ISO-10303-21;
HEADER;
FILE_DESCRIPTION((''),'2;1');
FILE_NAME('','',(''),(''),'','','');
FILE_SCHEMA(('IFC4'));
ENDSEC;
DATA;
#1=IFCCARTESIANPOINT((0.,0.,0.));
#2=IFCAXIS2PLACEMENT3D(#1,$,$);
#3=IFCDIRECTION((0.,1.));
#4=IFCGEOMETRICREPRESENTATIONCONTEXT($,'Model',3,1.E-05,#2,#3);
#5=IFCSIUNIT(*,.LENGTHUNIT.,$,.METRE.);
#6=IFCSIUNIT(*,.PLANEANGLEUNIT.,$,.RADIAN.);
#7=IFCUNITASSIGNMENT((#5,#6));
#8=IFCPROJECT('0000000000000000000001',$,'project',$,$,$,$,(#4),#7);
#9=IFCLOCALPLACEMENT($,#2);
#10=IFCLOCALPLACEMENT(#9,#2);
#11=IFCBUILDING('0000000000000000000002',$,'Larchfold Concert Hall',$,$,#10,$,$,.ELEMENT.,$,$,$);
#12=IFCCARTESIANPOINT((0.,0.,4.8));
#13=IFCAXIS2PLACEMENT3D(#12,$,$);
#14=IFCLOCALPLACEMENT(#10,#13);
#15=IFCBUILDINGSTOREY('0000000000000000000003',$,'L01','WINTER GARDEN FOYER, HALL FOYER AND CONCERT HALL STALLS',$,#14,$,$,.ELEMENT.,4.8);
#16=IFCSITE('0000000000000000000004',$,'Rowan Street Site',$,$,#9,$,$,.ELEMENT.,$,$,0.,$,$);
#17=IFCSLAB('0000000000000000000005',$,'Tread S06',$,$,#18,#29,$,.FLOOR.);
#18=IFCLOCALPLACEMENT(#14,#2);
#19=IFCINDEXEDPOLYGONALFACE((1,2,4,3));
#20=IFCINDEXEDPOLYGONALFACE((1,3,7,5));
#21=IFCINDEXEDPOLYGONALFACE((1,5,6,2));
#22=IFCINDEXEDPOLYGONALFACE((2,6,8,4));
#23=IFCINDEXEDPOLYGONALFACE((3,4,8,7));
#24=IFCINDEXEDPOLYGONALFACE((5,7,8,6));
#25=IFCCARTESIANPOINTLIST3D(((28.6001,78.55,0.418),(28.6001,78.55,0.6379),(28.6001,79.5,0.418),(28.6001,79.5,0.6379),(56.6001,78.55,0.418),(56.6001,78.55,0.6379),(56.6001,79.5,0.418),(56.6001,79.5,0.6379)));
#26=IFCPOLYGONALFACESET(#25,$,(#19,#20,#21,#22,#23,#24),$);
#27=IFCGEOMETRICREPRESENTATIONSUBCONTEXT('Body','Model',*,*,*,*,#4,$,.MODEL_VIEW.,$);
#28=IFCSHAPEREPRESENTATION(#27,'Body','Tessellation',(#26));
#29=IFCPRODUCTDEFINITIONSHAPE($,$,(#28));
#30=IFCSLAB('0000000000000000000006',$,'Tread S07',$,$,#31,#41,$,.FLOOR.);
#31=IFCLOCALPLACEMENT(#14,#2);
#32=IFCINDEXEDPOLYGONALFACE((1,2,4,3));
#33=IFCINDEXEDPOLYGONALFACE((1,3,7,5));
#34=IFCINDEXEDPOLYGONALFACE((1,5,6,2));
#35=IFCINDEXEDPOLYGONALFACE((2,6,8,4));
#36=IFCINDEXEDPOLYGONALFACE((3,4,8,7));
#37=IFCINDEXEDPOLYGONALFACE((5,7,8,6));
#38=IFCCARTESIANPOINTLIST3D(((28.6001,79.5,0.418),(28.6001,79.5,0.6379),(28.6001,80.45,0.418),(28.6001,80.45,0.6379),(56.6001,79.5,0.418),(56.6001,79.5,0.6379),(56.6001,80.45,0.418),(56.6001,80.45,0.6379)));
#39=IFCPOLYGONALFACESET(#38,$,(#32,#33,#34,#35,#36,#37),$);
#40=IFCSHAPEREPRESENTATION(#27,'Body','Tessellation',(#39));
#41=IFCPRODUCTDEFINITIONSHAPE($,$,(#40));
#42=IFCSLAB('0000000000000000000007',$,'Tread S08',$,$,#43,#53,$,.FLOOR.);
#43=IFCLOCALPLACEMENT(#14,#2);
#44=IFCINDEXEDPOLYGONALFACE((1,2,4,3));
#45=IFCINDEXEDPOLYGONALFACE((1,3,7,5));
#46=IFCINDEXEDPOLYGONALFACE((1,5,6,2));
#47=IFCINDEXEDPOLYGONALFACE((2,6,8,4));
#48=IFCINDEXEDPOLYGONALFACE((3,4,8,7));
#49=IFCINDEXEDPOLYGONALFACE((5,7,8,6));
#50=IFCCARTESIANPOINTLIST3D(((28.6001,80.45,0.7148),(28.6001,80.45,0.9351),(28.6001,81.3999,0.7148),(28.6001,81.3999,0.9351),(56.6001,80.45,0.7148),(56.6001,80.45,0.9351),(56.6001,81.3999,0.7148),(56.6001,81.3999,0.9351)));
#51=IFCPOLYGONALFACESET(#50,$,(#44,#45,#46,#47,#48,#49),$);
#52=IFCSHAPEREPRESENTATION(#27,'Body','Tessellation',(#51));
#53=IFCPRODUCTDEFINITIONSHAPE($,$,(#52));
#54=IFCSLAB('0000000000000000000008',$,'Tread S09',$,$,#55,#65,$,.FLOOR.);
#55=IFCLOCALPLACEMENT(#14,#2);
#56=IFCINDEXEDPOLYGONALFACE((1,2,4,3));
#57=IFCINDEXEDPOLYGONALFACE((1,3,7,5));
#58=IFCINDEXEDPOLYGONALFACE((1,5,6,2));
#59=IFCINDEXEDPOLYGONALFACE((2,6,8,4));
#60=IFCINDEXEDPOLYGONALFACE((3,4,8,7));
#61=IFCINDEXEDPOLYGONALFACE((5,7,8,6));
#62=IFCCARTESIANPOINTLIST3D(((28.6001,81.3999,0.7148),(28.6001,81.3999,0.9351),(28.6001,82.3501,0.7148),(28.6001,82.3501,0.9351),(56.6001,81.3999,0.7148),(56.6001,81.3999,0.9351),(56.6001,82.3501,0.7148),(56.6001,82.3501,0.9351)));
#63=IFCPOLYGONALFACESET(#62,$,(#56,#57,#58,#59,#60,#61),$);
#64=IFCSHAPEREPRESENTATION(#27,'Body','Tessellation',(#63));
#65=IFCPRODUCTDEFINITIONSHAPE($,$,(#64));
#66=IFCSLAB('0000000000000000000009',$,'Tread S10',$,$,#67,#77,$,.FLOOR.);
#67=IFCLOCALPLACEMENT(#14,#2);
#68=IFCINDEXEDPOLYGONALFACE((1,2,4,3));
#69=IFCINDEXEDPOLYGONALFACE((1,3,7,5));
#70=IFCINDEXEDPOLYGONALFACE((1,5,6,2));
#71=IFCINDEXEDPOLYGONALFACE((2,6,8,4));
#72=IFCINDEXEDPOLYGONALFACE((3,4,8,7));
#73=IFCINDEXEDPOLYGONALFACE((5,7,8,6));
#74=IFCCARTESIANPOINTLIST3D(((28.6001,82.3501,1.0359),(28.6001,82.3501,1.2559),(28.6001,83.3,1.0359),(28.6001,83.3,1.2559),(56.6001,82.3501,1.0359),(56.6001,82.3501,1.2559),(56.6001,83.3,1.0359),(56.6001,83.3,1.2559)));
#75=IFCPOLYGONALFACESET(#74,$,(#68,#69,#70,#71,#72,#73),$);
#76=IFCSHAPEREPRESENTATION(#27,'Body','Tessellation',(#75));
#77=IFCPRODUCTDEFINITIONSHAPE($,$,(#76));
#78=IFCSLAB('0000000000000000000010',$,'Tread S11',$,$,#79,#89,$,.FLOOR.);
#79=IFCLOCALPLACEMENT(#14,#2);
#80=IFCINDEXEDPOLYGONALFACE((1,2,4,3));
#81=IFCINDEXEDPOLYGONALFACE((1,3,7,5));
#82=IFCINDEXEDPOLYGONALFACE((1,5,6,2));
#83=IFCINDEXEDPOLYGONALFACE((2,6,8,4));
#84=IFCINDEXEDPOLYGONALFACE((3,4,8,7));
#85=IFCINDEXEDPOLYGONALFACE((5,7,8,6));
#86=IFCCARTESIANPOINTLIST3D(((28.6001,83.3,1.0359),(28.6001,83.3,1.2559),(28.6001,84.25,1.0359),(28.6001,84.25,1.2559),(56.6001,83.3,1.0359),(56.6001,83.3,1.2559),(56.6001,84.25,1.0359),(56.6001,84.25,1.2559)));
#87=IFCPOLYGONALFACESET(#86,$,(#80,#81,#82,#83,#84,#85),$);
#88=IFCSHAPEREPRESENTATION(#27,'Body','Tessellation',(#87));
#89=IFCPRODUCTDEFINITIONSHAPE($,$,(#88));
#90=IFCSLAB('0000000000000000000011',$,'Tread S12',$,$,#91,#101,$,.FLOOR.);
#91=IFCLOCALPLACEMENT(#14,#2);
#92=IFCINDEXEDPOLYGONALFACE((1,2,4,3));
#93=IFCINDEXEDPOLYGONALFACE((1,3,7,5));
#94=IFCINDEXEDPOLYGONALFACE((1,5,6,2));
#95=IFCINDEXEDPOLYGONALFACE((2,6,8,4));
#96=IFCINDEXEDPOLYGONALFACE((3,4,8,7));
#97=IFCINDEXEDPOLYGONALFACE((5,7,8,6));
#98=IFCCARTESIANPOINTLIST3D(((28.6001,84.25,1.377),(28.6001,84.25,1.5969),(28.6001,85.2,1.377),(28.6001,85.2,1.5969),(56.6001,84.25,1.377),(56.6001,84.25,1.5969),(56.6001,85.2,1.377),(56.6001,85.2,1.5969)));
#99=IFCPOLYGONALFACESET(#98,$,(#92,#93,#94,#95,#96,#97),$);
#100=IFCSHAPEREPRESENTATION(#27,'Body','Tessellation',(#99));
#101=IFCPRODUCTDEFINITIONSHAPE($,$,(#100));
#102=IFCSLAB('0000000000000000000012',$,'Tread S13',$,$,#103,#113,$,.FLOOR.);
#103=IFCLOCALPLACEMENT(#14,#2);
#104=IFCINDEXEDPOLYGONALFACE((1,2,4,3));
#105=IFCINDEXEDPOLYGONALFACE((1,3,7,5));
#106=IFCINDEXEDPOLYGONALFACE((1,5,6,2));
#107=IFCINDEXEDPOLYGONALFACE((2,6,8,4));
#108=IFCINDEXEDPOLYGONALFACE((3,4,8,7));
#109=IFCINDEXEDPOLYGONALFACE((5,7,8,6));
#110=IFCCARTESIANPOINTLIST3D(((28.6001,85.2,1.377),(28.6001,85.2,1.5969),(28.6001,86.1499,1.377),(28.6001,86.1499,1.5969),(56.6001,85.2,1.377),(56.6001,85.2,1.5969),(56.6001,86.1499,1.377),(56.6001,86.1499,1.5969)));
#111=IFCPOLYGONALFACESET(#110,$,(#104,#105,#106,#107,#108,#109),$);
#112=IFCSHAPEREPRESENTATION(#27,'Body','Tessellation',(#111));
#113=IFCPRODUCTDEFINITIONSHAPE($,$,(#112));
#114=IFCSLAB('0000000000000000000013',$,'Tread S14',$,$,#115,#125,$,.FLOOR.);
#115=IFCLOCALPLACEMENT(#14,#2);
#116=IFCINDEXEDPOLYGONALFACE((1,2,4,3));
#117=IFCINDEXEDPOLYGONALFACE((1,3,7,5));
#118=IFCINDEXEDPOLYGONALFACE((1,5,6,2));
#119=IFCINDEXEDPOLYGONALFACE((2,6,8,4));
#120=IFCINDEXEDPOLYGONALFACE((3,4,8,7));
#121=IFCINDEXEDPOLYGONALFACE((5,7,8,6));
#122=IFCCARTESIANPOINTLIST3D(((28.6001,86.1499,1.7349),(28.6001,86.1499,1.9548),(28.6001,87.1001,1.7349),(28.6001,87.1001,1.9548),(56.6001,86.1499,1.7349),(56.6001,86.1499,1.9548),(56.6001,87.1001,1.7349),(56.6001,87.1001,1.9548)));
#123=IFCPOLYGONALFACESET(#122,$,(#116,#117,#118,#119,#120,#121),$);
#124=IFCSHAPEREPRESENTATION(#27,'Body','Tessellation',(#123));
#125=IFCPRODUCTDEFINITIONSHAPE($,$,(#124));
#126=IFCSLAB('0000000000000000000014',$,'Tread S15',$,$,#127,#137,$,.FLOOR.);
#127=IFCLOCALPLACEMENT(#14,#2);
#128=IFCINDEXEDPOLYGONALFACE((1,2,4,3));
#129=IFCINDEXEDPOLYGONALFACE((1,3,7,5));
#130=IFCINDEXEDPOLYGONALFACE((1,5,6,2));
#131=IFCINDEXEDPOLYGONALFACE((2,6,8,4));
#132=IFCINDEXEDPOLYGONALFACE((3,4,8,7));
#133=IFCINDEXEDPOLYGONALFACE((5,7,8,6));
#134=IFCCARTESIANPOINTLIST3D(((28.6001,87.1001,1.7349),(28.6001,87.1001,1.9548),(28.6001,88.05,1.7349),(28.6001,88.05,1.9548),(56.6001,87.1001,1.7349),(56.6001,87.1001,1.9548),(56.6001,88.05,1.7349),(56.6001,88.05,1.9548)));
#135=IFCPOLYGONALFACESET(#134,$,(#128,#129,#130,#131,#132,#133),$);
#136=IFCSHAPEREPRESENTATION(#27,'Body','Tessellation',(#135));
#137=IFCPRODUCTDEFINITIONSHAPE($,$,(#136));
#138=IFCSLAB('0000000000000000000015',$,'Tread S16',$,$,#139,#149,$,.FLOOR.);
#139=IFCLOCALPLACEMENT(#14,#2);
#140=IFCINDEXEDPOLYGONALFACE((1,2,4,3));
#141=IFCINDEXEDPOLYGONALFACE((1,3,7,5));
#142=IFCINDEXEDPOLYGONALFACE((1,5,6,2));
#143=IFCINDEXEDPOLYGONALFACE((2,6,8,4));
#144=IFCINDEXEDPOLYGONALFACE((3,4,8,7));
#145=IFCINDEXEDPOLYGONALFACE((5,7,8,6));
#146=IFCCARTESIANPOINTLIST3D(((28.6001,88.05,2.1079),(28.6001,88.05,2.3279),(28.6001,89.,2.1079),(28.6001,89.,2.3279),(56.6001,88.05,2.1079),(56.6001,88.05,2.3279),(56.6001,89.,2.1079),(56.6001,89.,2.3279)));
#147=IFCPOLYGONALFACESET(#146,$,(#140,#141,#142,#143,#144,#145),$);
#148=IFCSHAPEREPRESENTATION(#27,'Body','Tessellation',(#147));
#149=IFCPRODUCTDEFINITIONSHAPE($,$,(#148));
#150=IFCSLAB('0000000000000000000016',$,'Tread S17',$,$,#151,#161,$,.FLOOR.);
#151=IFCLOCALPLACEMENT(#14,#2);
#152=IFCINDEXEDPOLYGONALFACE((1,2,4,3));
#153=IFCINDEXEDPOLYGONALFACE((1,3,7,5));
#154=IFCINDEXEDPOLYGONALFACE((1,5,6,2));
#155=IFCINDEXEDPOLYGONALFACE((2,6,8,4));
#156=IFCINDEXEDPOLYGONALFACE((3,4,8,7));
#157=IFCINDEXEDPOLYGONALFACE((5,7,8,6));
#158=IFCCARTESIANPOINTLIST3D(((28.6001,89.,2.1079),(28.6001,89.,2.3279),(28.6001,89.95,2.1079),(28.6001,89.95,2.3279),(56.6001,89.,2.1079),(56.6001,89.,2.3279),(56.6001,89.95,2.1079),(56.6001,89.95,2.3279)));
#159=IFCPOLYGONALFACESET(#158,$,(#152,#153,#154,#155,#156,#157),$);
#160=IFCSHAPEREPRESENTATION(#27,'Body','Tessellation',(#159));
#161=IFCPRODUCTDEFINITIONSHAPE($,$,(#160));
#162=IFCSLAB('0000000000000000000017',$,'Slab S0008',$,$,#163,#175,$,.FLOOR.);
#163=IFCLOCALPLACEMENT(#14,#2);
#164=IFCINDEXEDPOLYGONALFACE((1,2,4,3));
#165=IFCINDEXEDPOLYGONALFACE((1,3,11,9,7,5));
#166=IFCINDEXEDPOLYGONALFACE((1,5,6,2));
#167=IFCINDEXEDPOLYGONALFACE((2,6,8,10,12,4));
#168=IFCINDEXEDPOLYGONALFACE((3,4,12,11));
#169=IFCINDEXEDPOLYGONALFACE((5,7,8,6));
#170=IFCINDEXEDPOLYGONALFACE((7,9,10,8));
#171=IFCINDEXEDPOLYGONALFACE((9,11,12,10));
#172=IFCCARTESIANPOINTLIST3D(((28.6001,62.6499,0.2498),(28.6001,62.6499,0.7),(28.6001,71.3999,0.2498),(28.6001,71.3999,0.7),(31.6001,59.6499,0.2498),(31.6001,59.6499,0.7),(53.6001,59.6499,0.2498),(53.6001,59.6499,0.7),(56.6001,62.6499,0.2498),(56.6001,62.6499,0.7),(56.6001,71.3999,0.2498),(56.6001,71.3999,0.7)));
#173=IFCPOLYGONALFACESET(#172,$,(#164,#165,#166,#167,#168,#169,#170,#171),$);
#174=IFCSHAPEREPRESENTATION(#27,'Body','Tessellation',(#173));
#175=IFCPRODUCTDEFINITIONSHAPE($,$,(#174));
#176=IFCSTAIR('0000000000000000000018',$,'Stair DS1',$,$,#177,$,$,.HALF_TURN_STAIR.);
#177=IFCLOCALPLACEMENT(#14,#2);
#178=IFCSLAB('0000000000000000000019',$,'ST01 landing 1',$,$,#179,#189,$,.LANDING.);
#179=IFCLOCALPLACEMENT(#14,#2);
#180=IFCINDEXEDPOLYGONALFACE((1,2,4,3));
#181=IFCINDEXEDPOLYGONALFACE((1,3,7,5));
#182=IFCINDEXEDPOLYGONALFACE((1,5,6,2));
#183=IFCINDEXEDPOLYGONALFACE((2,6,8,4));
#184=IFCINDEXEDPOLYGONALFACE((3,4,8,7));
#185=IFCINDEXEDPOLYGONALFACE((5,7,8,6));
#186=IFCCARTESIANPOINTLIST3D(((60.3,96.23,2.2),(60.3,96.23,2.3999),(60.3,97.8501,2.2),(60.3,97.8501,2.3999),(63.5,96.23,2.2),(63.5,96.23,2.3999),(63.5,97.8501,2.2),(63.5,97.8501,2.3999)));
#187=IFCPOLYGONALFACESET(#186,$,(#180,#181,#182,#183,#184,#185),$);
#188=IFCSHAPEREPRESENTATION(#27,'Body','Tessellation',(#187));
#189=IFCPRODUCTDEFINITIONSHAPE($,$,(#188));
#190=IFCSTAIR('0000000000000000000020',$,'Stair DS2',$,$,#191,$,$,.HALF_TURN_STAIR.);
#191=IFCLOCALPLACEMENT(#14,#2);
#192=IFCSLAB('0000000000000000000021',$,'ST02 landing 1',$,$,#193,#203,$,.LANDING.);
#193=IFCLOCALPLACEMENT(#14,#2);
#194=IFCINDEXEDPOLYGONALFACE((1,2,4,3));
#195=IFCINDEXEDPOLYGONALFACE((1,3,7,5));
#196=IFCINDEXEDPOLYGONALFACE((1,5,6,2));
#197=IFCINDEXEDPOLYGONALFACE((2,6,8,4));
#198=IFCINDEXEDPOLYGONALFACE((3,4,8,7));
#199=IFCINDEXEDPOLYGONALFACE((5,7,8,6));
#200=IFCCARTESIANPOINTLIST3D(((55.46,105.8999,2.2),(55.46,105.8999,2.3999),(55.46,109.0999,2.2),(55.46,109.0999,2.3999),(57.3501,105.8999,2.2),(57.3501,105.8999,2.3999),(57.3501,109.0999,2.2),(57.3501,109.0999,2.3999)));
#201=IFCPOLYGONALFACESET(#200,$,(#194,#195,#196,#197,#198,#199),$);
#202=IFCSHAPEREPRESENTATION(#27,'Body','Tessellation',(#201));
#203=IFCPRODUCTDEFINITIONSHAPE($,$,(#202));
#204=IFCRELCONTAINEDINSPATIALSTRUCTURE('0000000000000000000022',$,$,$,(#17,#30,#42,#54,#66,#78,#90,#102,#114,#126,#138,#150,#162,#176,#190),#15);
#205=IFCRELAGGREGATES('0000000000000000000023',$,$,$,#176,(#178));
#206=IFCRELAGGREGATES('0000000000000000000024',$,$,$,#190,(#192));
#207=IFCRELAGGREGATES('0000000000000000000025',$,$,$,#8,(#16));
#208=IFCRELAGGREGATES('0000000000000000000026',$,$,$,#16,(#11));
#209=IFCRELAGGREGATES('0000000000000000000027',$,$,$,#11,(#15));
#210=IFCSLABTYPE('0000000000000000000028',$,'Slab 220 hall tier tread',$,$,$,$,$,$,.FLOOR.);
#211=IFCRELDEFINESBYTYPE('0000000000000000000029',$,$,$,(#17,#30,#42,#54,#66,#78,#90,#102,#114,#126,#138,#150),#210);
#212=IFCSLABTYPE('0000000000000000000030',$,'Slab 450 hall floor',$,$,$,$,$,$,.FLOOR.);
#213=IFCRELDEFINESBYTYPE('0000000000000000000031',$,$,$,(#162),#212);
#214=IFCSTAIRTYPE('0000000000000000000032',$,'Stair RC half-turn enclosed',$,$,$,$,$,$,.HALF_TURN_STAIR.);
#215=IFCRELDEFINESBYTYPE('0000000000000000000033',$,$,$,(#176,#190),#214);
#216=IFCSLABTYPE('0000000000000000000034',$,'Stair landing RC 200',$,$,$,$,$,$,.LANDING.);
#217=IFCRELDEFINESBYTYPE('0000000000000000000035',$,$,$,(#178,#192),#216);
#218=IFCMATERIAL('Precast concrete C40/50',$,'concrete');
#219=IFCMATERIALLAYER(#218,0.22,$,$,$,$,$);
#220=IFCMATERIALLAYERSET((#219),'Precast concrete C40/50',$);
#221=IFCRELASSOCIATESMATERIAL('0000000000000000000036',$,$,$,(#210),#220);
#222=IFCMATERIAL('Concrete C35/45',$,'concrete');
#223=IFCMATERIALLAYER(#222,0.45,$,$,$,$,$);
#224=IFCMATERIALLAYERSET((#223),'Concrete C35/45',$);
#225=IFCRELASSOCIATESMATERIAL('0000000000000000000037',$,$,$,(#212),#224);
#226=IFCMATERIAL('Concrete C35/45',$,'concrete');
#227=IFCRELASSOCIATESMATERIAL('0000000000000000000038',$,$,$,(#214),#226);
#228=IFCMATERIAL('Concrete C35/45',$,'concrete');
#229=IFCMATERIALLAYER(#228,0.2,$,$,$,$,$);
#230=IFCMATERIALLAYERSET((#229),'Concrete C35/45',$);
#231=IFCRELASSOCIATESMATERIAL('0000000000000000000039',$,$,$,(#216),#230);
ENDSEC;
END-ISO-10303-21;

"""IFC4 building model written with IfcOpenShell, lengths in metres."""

from ifc_helpers import new_model, si_unit, direction, frame, origin, place, context, subcontext, project, spatial, polyline, outline, extrude, material, layer, layer_set, type_object, element, aggregate, save


model = new_model("IFC4")

# Units and contexts
model_context = context("Model", 3, precision=1e-05, world=origin(), true_north=direction((0.0, 1.0)))
body_context = subcontext(model_context, "Body", "Model", "MODEL_VIEW")
ifc_project = project(units=[si_unit("LENGTHUNIT", "METRE"), si_unit("PLANEANGLEUNIT", "RADIAN")], contexts=[model_context])

# Site, building, storey
site_placement = place(None, origin())
site = spatial("IfcSite", under=ifc_project, at=site_placement, Name="Rowan Street Site", CompositionType="ELEMENT", RefElevation=0.0)
building_placement = place(site_placement, origin())
building = spatial("IfcBuilding", under=site, at=building_placement, Name="Larchfold Concert Hall", CompositionType="ELEMENT")
storey_placement = place(building_placement, frame((0.0, 0.0, 4.8)))
storey = spatial("IfcBuildingStorey", under=building, at=storey_placement, Name="L01", Description="WINTER GARDEN FOYER, HALL FOYER AND CONCERT HALL STALLS", CompositionType="ELEMENT", Elevation=4.8)

# Slabs
ifc_material_1 = material(Name="Precast concrete C40/50", Category="concrete")
ifc_layer_1 = layer(ifc_material_1, 0.22)
ifc_layer_set_1 = layer_set([ifc_layer_1], Name="Precast concrete C40/50")
slab_type_1 = type_object("IfcSlabType", Name="Slab 220 hall tier tread", PredefinedType="FLOOR", material=ifc_layer_set_1)
slab_1_placement = place(storey_placement, frame((0.0, 0.0, 0.418)))
element("IfcSlab", 1, at=slab_1_placement, inside=storey, type_object=slab_type_1, Name="Tread S06", PredefinedType="FLOOR", context=body_context, shape_type="SweptSolid", body=[
    extrude(outline(polyline([(56.6001, 79.5), (28.6001, 79.5), (28.6001, 78.55), (56.6001, 78.55), (56.6001, 79.5)])), origin(), (0.0, 0.0, 1.0), 0.22),
])
slab_2_placement = place(storey_placement, frame((0.0, 0.0, 0.418)))
element("IfcSlab", 2, at=slab_2_placement, inside=storey, type_object=slab_type_1, Name="Tread S07", PredefinedType="FLOOR", context=body_context, shape_type="SweptSolid", body=[
    extrude(outline(polyline([(56.6001, 80.45), (28.6001, 80.45), (28.6001, 79.5), (56.6001, 79.5), (56.6001, 80.45)])), origin(), (0.0, 0.0, 1.0), 0.22),
])
slab_3_placement = place(storey_placement, frame((0.0, 0.0, 0.7148)))
element("IfcSlab", 3, at=slab_3_placement, inside=storey, type_object=slab_type_1, Name="Tread S08", PredefinedType="FLOOR", context=body_context, shape_type="SweptSolid", body=[
    extrude(outline(polyline([(56.6001, 81.3999), (28.6001, 81.3999), (28.6001, 80.45), (56.6001, 80.45), (56.6001, 81.3999)])), origin(), (0.0, 0.0, 1.0), 0.2202),
])
slab_4_placement = place(storey_placement, frame((0.0, 0.0, 0.7148)))
element("IfcSlab", 4, at=slab_4_placement, inside=storey, type_object=slab_type_1, Name="Tread S09", PredefinedType="FLOOR", context=body_context, shape_type="SweptSolid", body=[
    extrude(outline(polyline([(56.6001, 82.3501), (28.6001, 82.3501), (28.6001, 81.3999), (56.6001, 81.3999), (56.6001, 82.3501)])), origin(), (0.0, 0.0, 1.0), 0.2202),
])
slab_5_placement = place(storey_placement, frame((0.0, 0.0, 1.0359)))
element("IfcSlab", 5, at=slab_5_placement, inside=storey, type_object=slab_type_1, Name="Tread S10", PredefinedType="FLOOR", context=body_context, shape_type="SweptSolid", body=[
    extrude(outline(polyline([(56.6001, 83.3), (28.6001, 83.3), (28.6001, 82.3501), (56.6001, 82.3501), (56.6001, 83.3)])), origin(), (0.0, 0.0, 1.0), 0.22),
])
slab_6_placement = place(storey_placement, frame((0.0, 0.0, 1.0359)))
element("IfcSlab", 6, at=slab_6_placement, inside=storey, type_object=slab_type_1, Name="Tread S11", PredefinedType="FLOOR", context=body_context, shape_type="SweptSolid", body=[
    extrude(outline(polyline([(56.6001, 84.25), (28.6001, 84.25), (28.6001, 83.3), (56.6001, 83.3), (56.6001, 84.25)])), origin(), (0.0, 0.0, 1.0), 0.22),
])
slab_7_placement = place(storey_placement, frame((0.0, 0.0, 1.377)))
element("IfcSlab", 7, at=slab_7_placement, inside=storey, type_object=slab_type_1, Name="Tread S12", PredefinedType="FLOOR", context=body_context, shape_type="SweptSolid", body=[
    extrude(outline(polyline([(56.6001, 85.2), (28.6001, 85.2), (28.6001, 84.25), (56.6001, 84.25), (56.6001, 85.2)])), origin(), (0.0, 0.0, 1.0), 0.22),
])
slab_8_placement = place(storey_placement, frame((0.0, 0.0, 1.377)))
element("IfcSlab", 8, at=slab_8_placement, inside=storey, type_object=slab_type_1, Name="Tread S13", PredefinedType="FLOOR", context=body_context, shape_type="SweptSolid", body=[
    extrude(outline(polyline([(56.6001, 86.1499), (28.6001, 86.1499), (28.6001, 85.2), (56.6001, 85.2), (56.6001, 86.1499)])), origin(), (0.0, 0.0, 1.0), 0.22),
])
slab_9_placement = place(storey_placement, frame((0.0, 0.0, 1.7349)))
element("IfcSlab", 9, at=slab_9_placement, inside=storey, type_object=slab_type_1, Name="Tread S14", PredefinedType="FLOOR", context=body_context, shape_type="SweptSolid", body=[
    extrude(outline(polyline([(56.6001, 87.1001), (28.6001, 87.1001), (28.6001, 86.1499), (56.6001, 86.1499), (56.6001, 87.1001)])), origin(), (0.0, 0.0, 1.0), 0.22),
])
slab_10_placement = place(storey_placement, frame((0.0, 0.0, 1.7349)))
element("IfcSlab", 10, at=slab_10_placement, inside=storey, type_object=slab_type_1, Name="Tread S15", PredefinedType="FLOOR", context=body_context, shape_type="SweptSolid", body=[
    extrude(outline(polyline([(56.6001, 88.05), (28.6001, 88.05), (28.6001, 87.1001), (56.6001, 87.1001), (56.6001, 88.05)])), origin(), (0.0, 0.0, 1.0), 0.22),
])
slab_11_placement = place(storey_placement, frame((0.0, 0.0, 2.1079)))
element("IfcSlab", 11, at=slab_11_placement, inside=storey, type_object=slab_type_1, Name="Tread S16", PredefinedType="FLOOR", context=body_context, shape_type="SweptSolid", body=[
    extrude(outline(polyline([(56.6001, 89.0), (28.6001, 89.0), (28.6001, 88.05), (56.6001, 88.05), (56.6001, 89.0)])), origin(), (0.0, 0.0, 1.0), 0.22),
])
slab_12_placement = place(storey_placement, frame((0.0, 0.0, 2.1079)))
element("IfcSlab", 12, at=slab_12_placement, inside=storey, type_object=slab_type_1, Name="Tread S17", PredefinedType="FLOOR", context=body_context, shape_type="SweptSolid", body=[
    extrude(outline(polyline([(56.6001, 89.95), (28.6001, 89.95), (28.6001, 89.0), (56.6001, 89.0), (56.6001, 89.95)])), origin(), (0.0, 0.0, 1.0), 0.22),
])
ifc_material_2 = material(Name="Concrete C35/45", Category="concrete")
ifc_layer_2 = layer(ifc_material_2, 0.45)
ifc_layer_set_2 = layer_set([ifc_layer_2], Name="Concrete C35/45")
slab_type_2 = type_object("IfcSlabType", Name="Slab 450 hall floor", PredefinedType="FLOOR", material=ifc_layer_set_2)
slab_13_placement = place(storey_placement, frame((0.0, 0.0, 0.2498)))
element("IfcSlab", 13, at=slab_13_placement, inside=storey, type_object=slab_type_2, Name="Slab S0008", PredefinedType="FLOOR", context=body_context, shape_type="SweptSolid", body=[
    extrude(outline(polyline([(56.6001, 71.3999), (28.6001, 71.3999), (28.6001, 62.6499), (31.6001, 59.6499), (53.6001, 59.6499), (56.6001, 62.6499), (56.6001, 71.3999)])), origin(), (0.0, 0.0, 1.0), 0.4502),
])

# Stairs, slabs
ifc_material_3 = material(Name="Concrete C35/45", Category="concrete")
stair_type = type_object("IfcStairType", Name="Stair RC half-turn enclosed", PredefinedType="HALF_TURN_STAIR", material=ifc_material_3)
stair_1_placement = place(storey_placement, origin())
stair_1 = element("IfcStair", 14, at=stair_1_placement, inside=storey, type_object=stair_type, Name="Stair DS1", PredefinedType="HALF_TURN_STAIR")
ifc_material_4 = material(Name="Concrete C35/45", Category="concrete")
ifc_layer_3 = layer(ifc_material_4, 0.2)
ifc_layer_set_3 = layer_set([ifc_layer_3], Name="Concrete C35/45")
slab_type_3 = type_object("IfcSlabType", Name="Stair landing RC 200", PredefinedType="LANDING", material=ifc_layer_set_3)
slab_14_placement = place(storey_placement, frame((0.0, 0.0, 2.2)))
slab_14 = element("IfcSlab", 15, at=slab_14_placement, type_object=slab_type_3, Name="ST01 landing 1", PredefinedType="LANDING", context=body_context, shape_type="SweptSolid", body=[
    extrude(outline(polyline([(63.5, 96.23), (63.5, 97.8501), (60.3, 97.8501), (60.3, 96.23), (63.5, 96.23)])), origin(), (0.0, 0.0, 1.0), 0.2),
])
aggregate(stair_1, [slab_14])
stair_2_placement = place(storey_placement, origin())
stair_2 = element("IfcStair", 16, at=stair_2_placement, inside=storey, type_object=stair_type, Name="Stair DS2", PredefinedType="HALF_TURN_STAIR")
slab_15_placement = place(storey_placement, frame((0.0, 0.0, 2.2)))
slab_15 = element("IfcSlab", 17, at=slab_15_placement, type_object=slab_type_3, Name="ST02 landing 1", PredefinedType="LANDING", context=body_context, shape_type="SweptSolid", body=[
    extrude(outline(polyline([(55.46, 105.8999), (57.3501, 105.8999), (57.3501, 109.0999), (55.46, 109.0999), (55.46, 105.8999)])), origin(), (0.0, 0.0, 1.0), 0.2),
])
aggregate(stair_2, [slab_15])

save(model, "model.ifc")
